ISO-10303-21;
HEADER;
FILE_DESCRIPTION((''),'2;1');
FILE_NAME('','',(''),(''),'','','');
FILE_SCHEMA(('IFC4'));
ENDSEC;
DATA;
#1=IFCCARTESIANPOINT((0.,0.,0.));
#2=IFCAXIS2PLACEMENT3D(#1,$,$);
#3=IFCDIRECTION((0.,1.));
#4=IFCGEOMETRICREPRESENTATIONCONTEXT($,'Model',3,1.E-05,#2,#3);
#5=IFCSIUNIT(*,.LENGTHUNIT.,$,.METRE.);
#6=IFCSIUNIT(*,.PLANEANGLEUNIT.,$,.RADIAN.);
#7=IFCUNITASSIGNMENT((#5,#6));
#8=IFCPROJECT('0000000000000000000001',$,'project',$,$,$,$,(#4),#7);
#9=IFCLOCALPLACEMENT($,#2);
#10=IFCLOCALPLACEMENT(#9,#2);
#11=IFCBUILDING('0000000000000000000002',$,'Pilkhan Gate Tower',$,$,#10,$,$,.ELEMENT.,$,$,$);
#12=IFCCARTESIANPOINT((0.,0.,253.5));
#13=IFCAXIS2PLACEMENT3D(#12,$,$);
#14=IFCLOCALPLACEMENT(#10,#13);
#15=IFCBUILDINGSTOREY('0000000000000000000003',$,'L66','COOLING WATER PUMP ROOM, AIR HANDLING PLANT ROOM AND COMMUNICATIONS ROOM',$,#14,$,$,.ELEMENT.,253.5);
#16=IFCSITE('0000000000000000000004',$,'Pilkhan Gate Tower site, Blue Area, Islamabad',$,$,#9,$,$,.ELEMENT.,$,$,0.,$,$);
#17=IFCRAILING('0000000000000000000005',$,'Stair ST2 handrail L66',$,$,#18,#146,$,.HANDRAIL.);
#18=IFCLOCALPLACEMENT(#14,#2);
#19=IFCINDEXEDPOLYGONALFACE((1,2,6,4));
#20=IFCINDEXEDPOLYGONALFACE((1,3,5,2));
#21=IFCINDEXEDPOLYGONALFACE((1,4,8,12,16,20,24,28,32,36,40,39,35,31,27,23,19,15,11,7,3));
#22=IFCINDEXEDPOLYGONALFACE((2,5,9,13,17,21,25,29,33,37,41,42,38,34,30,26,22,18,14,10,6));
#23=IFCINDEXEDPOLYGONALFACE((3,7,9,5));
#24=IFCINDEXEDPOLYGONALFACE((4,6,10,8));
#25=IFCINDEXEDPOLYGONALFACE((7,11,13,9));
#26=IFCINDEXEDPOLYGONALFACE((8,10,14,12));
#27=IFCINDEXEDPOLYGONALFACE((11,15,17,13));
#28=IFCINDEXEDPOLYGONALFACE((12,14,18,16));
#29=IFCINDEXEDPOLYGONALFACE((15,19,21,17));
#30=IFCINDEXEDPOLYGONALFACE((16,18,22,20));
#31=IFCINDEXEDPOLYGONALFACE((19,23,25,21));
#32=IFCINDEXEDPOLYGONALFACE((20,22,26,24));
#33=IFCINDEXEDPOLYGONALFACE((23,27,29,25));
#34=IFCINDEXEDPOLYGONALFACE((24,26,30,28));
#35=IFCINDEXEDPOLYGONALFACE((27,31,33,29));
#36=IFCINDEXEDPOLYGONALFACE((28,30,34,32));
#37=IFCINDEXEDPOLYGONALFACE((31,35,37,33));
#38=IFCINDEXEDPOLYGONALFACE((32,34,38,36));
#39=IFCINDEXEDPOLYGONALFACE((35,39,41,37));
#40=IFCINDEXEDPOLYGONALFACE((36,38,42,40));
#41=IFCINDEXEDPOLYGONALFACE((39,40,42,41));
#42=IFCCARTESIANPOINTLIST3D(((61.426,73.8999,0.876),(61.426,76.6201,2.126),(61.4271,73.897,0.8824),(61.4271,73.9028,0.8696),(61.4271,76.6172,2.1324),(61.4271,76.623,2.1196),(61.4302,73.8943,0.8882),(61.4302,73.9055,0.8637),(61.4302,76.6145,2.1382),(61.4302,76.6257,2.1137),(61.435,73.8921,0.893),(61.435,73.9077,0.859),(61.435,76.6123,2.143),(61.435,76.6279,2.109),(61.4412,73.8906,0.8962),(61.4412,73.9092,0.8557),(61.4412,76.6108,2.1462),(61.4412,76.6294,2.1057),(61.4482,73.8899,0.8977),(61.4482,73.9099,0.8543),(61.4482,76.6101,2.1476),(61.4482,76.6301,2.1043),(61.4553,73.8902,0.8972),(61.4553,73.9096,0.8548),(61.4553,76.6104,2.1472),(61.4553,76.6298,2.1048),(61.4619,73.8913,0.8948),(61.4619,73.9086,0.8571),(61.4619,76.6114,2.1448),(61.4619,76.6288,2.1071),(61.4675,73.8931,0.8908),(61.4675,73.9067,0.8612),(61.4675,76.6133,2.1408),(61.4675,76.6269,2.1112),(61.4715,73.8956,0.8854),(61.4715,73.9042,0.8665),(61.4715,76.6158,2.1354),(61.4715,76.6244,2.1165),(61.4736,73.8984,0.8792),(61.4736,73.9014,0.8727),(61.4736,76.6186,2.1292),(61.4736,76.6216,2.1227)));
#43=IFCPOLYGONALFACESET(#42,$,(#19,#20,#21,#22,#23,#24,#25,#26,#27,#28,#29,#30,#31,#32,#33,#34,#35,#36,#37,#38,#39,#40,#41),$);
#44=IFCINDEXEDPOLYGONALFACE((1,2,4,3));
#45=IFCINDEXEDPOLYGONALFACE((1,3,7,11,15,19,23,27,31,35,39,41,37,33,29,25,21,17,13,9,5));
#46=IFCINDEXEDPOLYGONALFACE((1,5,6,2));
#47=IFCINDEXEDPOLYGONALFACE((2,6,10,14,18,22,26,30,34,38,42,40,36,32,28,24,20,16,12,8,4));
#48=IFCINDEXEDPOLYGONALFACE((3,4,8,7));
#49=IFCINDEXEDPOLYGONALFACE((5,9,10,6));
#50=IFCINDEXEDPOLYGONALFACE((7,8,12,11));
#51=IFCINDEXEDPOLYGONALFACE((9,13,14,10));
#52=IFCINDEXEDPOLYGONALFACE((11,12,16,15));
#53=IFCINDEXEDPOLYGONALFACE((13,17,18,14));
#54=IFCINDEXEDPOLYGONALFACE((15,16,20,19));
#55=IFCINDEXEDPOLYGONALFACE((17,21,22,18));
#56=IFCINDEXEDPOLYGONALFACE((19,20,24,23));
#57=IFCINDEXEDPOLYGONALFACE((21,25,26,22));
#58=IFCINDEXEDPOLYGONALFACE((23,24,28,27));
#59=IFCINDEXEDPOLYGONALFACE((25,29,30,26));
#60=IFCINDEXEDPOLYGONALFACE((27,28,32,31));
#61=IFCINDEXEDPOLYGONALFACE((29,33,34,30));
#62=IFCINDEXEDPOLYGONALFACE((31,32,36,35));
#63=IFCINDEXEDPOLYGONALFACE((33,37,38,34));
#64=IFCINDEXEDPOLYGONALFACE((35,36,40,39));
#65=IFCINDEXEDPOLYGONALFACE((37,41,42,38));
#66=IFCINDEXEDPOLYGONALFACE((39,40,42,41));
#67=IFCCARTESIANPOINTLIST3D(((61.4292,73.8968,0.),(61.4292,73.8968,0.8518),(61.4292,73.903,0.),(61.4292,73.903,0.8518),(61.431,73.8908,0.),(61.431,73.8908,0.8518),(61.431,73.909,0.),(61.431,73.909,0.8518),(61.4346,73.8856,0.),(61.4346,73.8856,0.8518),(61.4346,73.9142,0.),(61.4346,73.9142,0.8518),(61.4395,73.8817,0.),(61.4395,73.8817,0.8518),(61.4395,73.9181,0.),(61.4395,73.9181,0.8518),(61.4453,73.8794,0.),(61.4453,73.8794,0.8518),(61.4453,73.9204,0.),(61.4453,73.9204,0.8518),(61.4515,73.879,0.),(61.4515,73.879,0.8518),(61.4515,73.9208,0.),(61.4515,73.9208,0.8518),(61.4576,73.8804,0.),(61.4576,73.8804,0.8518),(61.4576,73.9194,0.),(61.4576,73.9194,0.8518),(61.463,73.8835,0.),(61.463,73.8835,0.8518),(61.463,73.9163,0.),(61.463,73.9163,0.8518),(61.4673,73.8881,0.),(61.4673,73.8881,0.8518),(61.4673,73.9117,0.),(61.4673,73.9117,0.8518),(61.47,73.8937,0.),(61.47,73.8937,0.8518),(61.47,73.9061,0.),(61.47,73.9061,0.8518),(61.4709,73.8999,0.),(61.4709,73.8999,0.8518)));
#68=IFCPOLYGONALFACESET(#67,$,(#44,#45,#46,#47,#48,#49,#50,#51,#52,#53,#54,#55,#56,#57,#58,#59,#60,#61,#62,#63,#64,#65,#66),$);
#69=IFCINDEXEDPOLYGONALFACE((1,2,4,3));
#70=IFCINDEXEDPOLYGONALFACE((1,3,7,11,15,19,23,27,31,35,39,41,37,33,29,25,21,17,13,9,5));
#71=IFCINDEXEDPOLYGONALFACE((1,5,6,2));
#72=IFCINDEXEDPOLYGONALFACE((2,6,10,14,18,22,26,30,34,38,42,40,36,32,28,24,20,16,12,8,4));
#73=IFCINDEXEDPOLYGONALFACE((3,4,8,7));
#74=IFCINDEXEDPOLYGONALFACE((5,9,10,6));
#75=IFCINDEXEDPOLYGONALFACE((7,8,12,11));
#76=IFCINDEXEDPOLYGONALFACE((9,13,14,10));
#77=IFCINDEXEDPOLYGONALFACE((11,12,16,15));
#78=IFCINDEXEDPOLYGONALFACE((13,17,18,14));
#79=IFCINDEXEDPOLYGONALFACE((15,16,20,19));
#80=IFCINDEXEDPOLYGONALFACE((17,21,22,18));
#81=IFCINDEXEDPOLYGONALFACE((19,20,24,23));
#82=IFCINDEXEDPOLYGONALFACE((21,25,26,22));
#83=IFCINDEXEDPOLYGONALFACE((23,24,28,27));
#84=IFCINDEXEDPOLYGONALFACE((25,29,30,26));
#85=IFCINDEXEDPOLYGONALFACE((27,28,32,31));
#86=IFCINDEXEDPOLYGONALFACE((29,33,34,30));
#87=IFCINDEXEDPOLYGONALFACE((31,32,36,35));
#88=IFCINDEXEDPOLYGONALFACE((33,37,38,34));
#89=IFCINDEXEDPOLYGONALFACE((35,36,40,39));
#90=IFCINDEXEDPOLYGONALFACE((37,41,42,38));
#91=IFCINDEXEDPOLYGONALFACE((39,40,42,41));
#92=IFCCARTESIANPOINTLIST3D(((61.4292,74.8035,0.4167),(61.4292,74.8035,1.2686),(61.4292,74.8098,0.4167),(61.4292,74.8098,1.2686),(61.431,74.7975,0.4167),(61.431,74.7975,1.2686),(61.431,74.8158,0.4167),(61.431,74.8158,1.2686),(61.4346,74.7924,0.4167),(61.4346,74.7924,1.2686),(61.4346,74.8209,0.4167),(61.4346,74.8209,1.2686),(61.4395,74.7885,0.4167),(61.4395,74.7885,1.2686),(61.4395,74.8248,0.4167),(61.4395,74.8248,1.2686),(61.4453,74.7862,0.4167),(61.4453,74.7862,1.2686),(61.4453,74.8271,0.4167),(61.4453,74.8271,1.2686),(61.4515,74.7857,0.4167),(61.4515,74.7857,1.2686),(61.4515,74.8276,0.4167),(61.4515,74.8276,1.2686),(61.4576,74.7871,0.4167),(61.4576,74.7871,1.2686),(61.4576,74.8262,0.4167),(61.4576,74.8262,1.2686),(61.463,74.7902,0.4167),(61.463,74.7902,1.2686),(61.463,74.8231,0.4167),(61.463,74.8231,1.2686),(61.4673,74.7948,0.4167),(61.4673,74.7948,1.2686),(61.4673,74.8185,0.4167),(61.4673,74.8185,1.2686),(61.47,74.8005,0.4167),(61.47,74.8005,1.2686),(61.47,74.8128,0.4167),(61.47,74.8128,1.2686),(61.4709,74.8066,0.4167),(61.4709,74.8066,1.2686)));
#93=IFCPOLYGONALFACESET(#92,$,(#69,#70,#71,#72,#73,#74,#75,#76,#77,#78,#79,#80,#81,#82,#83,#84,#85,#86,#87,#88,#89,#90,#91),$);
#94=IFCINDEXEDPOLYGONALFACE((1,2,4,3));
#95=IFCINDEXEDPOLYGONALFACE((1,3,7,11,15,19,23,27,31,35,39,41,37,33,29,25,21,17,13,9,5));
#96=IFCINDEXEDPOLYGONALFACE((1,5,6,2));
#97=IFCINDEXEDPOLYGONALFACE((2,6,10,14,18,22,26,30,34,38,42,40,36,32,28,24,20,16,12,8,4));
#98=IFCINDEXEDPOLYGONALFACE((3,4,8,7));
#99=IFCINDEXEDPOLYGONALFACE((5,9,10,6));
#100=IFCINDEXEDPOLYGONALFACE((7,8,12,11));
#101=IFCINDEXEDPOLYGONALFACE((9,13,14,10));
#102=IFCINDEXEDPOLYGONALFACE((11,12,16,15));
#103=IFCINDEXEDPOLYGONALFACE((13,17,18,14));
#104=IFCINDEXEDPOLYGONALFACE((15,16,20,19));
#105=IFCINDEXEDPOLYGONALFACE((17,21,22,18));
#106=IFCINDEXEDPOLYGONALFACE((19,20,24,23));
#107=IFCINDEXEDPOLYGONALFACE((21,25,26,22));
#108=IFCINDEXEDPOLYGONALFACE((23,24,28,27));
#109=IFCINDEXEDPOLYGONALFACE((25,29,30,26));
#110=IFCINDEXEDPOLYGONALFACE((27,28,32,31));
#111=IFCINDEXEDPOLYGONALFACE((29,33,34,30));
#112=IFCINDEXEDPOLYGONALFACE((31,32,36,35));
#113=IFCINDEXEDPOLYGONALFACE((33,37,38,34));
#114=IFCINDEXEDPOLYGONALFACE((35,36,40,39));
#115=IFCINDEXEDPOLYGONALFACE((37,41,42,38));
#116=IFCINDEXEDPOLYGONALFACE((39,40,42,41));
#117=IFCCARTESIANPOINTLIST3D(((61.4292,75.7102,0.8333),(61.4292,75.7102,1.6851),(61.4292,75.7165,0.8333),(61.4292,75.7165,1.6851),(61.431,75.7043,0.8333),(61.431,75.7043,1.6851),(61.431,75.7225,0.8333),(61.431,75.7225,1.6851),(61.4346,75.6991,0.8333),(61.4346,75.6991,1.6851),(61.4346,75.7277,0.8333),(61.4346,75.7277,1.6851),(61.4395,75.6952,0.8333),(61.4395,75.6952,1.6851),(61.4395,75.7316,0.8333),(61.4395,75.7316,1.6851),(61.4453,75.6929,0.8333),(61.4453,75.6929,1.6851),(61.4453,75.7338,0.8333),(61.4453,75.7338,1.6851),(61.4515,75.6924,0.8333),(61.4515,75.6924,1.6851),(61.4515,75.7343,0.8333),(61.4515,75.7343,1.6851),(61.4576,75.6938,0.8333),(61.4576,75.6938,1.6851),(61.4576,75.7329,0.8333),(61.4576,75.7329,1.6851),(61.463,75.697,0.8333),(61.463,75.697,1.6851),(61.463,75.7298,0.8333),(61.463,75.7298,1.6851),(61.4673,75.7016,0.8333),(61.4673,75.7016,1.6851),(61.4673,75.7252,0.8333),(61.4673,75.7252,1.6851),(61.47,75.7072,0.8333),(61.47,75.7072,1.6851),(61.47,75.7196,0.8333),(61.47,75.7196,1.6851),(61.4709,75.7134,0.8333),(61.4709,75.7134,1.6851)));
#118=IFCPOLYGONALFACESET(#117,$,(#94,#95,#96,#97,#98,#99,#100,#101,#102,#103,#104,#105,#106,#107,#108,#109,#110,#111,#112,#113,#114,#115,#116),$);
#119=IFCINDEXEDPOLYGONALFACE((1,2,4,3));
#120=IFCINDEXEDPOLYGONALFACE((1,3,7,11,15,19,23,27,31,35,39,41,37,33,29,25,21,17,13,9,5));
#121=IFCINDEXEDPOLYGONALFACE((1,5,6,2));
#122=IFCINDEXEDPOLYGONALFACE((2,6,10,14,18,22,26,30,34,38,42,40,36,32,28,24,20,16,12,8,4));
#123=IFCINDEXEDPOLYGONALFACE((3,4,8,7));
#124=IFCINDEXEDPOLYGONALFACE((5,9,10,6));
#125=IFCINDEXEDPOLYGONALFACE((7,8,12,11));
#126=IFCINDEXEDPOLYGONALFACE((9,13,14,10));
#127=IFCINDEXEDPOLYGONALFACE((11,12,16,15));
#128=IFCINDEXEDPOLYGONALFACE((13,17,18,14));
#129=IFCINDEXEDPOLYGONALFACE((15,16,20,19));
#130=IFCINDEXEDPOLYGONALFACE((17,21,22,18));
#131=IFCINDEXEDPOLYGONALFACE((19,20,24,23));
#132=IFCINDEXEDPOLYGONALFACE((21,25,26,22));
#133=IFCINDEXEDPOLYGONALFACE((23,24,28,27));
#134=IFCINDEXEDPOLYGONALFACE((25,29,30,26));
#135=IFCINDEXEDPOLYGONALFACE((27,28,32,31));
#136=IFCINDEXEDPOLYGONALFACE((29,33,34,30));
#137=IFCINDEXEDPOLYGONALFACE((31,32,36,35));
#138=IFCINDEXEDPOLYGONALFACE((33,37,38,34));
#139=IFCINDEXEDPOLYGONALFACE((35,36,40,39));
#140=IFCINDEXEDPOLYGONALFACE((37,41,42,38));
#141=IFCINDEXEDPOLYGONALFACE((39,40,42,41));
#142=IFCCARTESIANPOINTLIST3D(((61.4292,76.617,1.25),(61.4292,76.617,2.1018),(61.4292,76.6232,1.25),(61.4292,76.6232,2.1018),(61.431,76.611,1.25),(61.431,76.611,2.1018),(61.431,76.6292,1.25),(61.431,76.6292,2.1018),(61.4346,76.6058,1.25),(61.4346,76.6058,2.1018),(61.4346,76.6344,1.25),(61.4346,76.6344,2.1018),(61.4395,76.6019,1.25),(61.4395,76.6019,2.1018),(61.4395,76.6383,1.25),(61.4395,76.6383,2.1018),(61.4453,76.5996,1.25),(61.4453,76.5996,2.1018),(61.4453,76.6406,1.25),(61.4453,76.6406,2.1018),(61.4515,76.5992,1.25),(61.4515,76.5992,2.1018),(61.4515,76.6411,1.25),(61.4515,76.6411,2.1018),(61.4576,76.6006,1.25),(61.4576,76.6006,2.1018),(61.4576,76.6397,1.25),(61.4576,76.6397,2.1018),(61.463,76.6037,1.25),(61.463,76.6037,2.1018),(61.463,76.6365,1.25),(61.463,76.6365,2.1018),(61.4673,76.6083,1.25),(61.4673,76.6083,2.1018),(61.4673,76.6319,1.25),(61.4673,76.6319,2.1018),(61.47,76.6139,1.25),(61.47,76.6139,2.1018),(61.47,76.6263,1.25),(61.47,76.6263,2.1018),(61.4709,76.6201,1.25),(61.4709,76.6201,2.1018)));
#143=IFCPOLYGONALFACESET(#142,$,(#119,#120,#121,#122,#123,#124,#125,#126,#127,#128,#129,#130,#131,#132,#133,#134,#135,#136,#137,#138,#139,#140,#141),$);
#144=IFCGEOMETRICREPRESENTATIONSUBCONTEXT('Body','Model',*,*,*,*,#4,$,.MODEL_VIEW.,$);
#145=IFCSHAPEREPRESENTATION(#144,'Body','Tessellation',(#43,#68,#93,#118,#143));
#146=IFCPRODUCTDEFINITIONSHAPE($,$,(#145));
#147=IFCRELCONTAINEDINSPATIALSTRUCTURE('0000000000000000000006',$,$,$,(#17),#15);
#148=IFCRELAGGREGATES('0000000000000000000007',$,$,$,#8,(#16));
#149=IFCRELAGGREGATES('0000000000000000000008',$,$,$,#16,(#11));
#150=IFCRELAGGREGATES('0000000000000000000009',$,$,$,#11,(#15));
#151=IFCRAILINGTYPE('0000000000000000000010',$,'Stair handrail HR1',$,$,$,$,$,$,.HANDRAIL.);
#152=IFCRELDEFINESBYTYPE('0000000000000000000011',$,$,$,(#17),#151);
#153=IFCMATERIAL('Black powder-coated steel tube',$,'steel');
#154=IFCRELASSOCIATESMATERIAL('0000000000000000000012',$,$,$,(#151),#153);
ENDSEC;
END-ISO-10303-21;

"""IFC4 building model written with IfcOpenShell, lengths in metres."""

from ifc_helpers import new_model, si_unit, direction, frame, origin, origin_2d, place, context, subcontext, project, spatial, circle, extrude, material, type_object, element, save


model = new_model("IFC4")

# Units and contexts
model_context = context("Model", 3, precision=1e-05, world=origin(), true_north=direction((0.0, 1.0)))
body_context = subcontext(model_context, "Body", "Model", "MODEL_VIEW")
ifc_project = project(units=[si_unit("LENGTHUNIT", "METRE"), si_unit("PLANEANGLEUNIT", "RADIAN")], contexts=[model_context])

# Site, building, storey
site_placement = place(None, origin())
site = spatial("IfcSite", under=ifc_project, at=site_placement, Name="Pilkhan Gate Tower site, Blue Area, Islamabad", CompositionType="ELEMENT", RefElevation=0.0)
building_placement = place(site_placement, origin())
building = spatial("IfcBuilding", under=site, at=building_placement, Name="Pilkhan Gate Tower", CompositionType="ELEMENT")
storey_placement = place(building_placement, frame((0.0, 0.0, 253.5)))
storey = spatial("IfcBuildingStorey", under=building, at=storey_placement, Name="L66", Description="COOLING WATER PUMP ROOM, AIR HANDLING PLANT ROOM AND COMMUNICATIONS ROOM", CompositionType="ELEMENT", Elevation=253.5)

# Railing
ifc_material_1 = material(Name="Black powder-coated steel tube", Category="steel")
railing_type_1 = type_object("IfcRailingType", Name="Stair handrail HR1", PredefinedType="HANDRAIL", material=ifc_material_1)
railing_1_placement = place(storey_placement, frame((61.45, 73.8999, 0.0)))
element("IfcRailing", 1, at=railing_1_placement, inside=storey, type_object=railing_type_1, Name="Stair ST2 handrail L66", PredefinedType="HANDRAIL", context=body_context, shape_type="SweptSolid", body=[
    extrude(circle(Radius=0.0239, at=origin_2d()), frame((0.0, 0.0, 0.876), z_axis=(0.0, 0.908655, 0.417547), x_axis=(-1.0, 0.0, 0.0)), (0.0, 0.0, 1.0), 2.9937),
    extrude(circle(Radius=0.021, at=origin_2d()), origin(), (0.0, 0.0, 1.0), 0.8518),
    extrude(circle(Radius=0.021, at=origin_2d()), frame((0.0, 0.9067, 0.4167)), (0.0, 0.0, 1.0), 0.8518),
    extrude(circle(Radius=0.021, at=origin_2d()), frame((0.0, 1.8135, 0.8333)), (0.0, 0.0, 1.0), 0.8518),
    extrude(circle(Radius=0.021, at=origin_2d()), frame((0.0, 2.7202, 1.25)), (0.0, 0.0, 1.0), 0.8518),
])

save(model, "model.ifc")
